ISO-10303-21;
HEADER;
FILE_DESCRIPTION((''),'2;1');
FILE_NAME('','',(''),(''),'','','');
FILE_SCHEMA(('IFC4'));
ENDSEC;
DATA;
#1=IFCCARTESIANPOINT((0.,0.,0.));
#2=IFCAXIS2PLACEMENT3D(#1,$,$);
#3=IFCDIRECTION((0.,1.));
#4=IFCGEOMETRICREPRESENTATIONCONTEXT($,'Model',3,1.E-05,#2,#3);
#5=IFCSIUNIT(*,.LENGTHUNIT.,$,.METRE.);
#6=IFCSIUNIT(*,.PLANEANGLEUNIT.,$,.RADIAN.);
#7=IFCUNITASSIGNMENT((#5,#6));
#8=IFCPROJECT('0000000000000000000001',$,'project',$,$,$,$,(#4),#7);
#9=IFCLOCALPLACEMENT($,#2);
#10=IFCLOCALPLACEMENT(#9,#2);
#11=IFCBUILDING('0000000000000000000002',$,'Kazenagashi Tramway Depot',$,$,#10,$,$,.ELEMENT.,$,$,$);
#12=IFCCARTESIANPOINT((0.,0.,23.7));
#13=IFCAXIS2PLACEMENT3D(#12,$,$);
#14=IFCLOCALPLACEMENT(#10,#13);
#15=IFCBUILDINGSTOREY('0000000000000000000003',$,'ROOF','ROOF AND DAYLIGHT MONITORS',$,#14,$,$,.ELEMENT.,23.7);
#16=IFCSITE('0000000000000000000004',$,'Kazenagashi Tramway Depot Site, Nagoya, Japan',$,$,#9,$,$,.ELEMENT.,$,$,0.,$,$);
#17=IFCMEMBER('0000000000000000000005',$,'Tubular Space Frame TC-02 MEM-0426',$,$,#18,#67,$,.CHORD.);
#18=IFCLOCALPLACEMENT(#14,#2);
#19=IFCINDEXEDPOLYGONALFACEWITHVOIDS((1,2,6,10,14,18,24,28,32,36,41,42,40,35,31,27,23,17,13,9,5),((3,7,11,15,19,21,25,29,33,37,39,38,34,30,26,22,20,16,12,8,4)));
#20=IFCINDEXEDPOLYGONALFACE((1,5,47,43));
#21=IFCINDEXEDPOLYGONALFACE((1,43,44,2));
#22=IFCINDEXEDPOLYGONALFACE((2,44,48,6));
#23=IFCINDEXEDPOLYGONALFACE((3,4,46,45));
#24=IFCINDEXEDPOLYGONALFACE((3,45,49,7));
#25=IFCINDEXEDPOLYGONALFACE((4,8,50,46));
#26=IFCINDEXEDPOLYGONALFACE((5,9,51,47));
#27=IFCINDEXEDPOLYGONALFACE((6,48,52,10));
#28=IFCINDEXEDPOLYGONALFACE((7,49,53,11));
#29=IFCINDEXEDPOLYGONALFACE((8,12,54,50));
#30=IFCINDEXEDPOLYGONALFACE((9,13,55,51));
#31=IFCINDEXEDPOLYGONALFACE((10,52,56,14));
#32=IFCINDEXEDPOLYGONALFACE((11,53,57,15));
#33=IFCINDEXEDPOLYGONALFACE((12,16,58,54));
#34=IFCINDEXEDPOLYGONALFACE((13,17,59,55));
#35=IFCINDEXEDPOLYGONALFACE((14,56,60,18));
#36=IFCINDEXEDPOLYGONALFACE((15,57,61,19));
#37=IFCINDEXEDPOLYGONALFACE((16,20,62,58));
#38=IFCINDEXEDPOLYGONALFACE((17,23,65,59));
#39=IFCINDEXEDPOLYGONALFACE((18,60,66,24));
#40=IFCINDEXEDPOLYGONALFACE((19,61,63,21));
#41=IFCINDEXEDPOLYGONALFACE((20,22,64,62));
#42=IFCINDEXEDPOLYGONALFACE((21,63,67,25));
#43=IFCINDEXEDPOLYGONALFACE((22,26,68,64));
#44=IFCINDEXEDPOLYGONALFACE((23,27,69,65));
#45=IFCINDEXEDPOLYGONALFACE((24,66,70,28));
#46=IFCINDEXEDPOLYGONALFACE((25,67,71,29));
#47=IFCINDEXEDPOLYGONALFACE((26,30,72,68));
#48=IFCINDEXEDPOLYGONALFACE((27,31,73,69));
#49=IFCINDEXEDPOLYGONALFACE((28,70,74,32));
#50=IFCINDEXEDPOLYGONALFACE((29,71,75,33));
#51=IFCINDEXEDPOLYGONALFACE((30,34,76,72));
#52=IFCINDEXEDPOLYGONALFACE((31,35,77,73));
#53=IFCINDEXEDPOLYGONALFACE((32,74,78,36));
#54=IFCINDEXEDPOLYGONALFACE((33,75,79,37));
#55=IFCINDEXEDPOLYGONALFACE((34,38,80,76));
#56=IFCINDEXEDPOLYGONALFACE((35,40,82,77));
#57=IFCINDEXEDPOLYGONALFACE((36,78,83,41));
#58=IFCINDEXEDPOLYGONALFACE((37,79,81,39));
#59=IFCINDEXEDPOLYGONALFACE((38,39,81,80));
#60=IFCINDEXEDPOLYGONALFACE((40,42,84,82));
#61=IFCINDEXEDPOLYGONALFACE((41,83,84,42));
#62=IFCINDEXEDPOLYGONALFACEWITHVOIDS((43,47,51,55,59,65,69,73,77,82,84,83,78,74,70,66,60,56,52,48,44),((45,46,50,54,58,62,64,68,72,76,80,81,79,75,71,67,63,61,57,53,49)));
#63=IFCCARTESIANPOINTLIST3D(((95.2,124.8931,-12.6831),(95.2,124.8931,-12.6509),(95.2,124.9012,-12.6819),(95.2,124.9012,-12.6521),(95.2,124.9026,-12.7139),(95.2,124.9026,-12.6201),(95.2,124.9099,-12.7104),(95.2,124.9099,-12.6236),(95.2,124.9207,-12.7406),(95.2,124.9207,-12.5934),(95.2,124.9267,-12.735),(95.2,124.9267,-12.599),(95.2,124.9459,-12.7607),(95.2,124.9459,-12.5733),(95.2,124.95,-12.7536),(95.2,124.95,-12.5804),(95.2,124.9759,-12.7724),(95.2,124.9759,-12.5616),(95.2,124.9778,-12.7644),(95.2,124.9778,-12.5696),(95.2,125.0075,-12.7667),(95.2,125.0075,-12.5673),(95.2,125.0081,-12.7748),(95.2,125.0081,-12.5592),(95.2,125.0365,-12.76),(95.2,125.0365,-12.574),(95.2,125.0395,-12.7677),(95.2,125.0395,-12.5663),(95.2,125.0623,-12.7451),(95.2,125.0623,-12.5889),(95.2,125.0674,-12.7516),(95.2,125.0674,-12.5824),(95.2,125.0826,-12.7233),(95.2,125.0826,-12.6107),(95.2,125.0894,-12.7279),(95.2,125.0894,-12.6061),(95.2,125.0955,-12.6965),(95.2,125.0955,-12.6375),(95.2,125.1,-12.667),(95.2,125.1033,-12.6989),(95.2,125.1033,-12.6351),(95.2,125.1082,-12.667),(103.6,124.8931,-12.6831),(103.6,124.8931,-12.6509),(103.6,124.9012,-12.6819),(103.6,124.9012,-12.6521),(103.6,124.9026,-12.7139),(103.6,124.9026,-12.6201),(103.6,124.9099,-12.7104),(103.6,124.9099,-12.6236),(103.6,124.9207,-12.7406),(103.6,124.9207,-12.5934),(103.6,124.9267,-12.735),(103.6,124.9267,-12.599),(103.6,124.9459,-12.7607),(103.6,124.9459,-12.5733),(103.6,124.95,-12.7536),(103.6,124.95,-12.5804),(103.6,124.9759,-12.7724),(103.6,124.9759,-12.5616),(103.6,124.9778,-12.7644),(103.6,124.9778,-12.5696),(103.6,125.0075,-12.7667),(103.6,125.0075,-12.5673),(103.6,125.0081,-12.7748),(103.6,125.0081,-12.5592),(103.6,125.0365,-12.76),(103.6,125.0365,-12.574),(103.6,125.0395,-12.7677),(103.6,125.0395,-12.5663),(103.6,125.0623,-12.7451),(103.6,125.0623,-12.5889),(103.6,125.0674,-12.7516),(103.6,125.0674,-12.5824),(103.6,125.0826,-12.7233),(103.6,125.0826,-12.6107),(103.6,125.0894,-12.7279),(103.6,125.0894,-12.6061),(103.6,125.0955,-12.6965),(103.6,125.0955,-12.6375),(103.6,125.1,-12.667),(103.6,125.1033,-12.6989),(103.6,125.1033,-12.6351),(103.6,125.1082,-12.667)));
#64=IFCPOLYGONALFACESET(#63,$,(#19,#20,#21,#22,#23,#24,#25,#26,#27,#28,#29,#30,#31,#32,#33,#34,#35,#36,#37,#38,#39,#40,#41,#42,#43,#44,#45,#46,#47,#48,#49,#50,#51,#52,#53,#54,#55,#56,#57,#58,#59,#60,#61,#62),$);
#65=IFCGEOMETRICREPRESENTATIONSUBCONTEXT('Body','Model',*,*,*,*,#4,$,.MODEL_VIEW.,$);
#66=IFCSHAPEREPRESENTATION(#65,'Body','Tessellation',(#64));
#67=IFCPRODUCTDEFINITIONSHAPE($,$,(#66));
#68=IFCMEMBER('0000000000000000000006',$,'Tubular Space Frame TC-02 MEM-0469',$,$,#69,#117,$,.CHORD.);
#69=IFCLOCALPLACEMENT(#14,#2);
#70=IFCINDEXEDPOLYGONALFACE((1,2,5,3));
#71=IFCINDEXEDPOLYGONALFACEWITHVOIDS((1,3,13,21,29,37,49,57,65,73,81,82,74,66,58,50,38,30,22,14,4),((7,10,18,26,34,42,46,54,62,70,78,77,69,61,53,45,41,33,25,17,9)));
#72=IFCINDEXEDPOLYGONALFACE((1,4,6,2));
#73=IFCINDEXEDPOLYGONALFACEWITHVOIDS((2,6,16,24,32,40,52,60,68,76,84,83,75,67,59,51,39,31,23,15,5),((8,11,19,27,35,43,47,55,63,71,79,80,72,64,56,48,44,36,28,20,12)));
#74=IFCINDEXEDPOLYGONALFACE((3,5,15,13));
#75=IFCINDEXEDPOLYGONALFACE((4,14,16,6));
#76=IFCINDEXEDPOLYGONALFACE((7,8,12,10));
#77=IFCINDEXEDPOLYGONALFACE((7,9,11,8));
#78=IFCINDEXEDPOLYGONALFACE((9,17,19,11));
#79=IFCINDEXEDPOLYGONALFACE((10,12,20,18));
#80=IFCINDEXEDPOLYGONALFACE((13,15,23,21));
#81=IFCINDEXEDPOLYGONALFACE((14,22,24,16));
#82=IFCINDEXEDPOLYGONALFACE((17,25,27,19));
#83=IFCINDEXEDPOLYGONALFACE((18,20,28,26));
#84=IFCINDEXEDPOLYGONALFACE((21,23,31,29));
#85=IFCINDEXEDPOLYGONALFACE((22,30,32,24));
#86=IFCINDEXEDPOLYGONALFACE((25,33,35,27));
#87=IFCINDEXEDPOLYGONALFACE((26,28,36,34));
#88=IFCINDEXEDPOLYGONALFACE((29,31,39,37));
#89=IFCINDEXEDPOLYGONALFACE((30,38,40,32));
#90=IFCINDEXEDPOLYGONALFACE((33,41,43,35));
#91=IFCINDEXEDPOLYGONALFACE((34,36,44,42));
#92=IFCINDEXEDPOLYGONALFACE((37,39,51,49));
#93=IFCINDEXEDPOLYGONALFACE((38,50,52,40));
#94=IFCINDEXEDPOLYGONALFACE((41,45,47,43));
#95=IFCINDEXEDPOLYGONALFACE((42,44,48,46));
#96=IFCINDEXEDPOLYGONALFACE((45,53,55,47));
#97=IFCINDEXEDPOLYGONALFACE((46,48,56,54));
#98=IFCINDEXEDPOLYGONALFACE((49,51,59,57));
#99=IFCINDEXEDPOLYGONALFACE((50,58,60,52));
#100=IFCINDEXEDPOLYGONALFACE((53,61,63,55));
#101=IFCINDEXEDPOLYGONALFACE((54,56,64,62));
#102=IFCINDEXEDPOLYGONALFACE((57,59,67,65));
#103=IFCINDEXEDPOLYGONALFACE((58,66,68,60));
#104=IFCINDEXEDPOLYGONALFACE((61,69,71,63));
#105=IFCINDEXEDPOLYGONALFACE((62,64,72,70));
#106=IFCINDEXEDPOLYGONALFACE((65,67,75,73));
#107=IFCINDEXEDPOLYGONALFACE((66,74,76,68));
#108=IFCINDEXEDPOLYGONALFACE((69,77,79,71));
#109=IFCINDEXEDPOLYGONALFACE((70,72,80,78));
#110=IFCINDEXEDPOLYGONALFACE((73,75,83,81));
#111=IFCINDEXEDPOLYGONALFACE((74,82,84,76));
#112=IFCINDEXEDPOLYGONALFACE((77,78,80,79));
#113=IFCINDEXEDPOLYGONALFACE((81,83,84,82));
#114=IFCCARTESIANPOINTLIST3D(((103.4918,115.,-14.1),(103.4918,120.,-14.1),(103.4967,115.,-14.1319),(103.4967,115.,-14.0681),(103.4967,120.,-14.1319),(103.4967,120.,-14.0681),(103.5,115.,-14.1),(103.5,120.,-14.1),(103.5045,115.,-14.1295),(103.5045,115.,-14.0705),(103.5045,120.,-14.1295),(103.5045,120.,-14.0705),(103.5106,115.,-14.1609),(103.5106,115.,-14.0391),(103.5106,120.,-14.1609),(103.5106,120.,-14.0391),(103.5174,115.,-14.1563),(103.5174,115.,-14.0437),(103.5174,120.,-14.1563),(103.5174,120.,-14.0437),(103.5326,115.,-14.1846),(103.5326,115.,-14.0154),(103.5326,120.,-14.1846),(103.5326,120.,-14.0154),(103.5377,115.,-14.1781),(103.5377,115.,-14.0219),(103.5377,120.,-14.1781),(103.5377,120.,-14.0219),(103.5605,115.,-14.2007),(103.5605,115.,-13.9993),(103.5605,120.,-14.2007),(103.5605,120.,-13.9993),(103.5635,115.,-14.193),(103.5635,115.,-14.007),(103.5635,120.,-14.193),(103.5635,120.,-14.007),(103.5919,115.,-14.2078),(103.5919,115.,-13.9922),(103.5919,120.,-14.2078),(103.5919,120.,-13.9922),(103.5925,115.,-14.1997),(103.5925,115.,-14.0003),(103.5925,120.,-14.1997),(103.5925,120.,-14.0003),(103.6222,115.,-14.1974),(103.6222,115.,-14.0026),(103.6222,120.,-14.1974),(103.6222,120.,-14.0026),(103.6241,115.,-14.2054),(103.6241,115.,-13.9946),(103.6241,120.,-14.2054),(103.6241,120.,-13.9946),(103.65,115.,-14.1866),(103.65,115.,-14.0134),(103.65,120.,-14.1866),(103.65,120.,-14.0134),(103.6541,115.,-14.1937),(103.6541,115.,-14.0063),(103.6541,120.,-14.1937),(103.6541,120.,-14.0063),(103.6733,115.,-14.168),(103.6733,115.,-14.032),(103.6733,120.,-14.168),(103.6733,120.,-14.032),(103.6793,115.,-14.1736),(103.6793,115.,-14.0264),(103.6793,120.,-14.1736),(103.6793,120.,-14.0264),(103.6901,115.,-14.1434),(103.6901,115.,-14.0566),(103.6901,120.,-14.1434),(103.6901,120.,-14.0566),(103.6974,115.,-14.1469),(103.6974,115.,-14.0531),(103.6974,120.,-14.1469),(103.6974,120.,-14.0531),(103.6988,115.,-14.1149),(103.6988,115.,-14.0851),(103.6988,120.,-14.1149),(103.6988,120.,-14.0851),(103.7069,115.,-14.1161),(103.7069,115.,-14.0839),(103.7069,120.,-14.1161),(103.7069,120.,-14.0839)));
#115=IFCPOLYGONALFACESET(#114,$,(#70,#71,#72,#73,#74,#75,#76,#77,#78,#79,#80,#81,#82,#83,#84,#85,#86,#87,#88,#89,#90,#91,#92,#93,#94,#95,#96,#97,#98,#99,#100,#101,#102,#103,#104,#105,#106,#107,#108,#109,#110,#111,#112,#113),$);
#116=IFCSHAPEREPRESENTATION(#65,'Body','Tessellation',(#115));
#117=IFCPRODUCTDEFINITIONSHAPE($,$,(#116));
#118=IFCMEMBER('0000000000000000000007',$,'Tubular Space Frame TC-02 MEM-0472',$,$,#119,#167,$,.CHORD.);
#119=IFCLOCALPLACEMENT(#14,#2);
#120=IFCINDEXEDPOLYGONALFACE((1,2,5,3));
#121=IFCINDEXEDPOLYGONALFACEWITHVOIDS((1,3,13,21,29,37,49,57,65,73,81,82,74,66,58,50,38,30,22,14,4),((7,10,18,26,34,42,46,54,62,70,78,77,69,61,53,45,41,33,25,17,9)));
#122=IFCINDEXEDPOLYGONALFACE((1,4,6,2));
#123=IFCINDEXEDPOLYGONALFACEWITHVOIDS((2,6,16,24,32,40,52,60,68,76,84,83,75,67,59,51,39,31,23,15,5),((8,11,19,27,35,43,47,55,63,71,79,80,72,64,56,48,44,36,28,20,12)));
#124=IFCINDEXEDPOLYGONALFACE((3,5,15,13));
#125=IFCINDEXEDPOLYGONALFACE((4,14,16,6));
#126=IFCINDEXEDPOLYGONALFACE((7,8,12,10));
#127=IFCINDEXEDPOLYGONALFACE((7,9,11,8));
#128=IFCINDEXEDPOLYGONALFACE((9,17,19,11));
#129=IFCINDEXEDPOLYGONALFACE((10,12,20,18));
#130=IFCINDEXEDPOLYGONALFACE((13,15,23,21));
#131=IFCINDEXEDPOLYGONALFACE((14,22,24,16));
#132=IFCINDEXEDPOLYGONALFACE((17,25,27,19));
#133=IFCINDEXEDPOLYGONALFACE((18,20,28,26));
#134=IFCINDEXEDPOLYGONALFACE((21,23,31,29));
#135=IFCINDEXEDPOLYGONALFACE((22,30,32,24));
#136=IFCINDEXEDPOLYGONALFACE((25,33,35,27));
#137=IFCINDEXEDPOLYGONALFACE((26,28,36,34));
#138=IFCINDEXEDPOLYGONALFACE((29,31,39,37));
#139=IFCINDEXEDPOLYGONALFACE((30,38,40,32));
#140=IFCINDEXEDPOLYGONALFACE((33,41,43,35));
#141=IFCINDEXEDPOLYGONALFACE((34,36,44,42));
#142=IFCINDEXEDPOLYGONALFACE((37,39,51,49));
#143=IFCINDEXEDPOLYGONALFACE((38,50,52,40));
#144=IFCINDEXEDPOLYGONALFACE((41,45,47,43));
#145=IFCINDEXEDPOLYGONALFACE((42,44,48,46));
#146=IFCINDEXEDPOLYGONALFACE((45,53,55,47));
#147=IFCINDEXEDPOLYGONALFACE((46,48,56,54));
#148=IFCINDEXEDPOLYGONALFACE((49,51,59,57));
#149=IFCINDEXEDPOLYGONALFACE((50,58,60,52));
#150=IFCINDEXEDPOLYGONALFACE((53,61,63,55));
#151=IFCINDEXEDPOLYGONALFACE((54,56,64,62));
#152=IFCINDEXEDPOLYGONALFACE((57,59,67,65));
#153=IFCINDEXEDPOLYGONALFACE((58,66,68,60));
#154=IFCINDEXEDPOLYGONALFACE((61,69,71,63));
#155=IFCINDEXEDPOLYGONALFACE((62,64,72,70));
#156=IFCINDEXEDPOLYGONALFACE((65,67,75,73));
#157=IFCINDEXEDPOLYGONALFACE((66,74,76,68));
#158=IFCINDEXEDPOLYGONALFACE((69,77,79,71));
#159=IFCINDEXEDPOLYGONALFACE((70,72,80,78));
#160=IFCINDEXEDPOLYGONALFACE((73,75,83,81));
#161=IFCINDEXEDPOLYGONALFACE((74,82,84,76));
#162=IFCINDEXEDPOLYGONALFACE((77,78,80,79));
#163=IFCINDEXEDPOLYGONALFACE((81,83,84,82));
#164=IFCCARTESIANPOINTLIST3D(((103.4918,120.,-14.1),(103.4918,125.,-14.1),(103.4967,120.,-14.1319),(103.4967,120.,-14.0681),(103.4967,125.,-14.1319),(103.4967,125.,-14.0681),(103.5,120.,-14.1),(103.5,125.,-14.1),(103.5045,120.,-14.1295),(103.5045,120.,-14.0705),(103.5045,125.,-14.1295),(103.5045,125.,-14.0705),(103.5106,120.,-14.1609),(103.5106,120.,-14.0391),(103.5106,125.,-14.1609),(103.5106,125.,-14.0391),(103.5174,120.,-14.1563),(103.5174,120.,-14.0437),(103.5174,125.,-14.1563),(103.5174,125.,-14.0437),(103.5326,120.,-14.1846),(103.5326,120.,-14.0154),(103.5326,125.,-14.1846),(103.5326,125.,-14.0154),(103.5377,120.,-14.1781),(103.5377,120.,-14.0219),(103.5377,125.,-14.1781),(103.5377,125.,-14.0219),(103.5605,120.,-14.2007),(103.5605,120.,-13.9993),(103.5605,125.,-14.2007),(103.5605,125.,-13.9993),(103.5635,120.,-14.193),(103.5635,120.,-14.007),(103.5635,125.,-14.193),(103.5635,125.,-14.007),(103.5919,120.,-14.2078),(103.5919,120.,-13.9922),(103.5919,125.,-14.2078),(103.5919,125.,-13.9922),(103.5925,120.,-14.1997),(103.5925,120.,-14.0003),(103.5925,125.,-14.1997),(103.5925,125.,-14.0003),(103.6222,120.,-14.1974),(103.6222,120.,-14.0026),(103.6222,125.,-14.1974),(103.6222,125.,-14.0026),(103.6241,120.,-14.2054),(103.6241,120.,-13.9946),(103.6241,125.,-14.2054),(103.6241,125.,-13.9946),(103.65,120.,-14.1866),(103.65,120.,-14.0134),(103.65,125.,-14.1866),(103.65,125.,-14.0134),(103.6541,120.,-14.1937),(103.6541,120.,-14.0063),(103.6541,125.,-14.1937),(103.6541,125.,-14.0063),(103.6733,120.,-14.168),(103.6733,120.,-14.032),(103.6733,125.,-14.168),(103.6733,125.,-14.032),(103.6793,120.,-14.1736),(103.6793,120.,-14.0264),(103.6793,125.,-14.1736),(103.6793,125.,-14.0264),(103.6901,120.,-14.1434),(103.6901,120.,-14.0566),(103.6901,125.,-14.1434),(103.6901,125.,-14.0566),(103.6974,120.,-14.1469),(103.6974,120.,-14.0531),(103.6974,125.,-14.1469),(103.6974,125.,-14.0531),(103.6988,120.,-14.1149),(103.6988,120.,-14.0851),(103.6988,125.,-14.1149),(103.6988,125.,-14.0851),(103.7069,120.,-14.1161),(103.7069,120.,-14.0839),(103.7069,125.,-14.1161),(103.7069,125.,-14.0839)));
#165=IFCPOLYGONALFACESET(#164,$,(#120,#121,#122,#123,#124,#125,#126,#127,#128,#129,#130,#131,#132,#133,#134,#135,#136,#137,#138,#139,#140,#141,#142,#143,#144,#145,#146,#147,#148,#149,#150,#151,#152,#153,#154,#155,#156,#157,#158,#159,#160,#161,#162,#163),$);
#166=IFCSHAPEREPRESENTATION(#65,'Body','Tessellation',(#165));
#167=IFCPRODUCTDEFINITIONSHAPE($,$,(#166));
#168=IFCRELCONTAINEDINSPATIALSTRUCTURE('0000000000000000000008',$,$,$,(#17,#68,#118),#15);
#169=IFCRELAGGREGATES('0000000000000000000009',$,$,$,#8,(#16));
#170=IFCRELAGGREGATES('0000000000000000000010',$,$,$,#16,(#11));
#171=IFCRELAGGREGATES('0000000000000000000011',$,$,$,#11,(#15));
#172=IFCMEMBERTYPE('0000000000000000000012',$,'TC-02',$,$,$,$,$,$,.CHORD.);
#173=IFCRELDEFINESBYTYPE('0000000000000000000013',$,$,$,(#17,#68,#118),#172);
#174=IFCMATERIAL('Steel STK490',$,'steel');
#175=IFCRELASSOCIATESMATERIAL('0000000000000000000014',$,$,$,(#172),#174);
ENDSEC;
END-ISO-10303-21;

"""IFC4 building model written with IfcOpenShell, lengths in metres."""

from ifc_helpers import new_model, si_unit, direction, frame, origin, origin_2d, place, context, subcontext, project, spatial, hollow_circle, extrude, material, material_profile, profile_set, type_object, element, save


model = new_model("IFC4")

# Units and contexts
model_context = context("Model", 3, precision=1e-05, world=origin(), true_north=direction((0.0, 1.0)))
body_context = subcontext(model_context, "Body", "Model", "MODEL_VIEW")
ifc_project = project(units=[si_unit("LENGTHUNIT", "METRE"), si_unit("PLANEANGLEUNIT", "RADIAN")], contexts=[model_context])

# Site, building, storey
site_placement = place(None, origin())
site = spatial("IfcSite", under=ifc_project, at=site_placement, Name="Kazenagashi Tramway Depot Site, Nagoya, Japan", CompositionType="ELEMENT", RefElevation=0.0)
building_placement = place(site_placement, origin())
building = spatial("IfcBuilding", under=site, at=building_placement, Name="Kazenagashi Tramway Depot", CompositionType="ELEMENT")
storey_placement = place(building_placement, frame((0.0, 0.0, 23.7)))
storey = spatial("IfcBuildingStorey", under=building, at=storey_placement, Name="ROOF", Description="ROOF AND DAYLIGHT MONITORS", CompositionType="ELEMENT", Elevation=23.7)

# Members
ifc_material_1 = material(Name="Steel STK490", Category="steel")
ifc_material_profile_1 = material_profile(ifc_material_1, hollow_circle(Radius=0.1081, WallThickness=0.0082, at=origin_2d()), Name="CHS-216.3x8.2")
ifc_profile_set_1 = profile_set([ifc_material_profile_1], Name="Steel STK490")
member_type_1 = type_object("IfcMemberType", Name="TC-02", PredefinedType="CHORD", material=ifc_profile_set_1)
member_1_placement = place(storey_placement, frame((95.2, 125.0, -12.667), z_axis=(1.0, 0.0, 0.0), x_axis=(0.0, 1.0, 0.0)))
element("IfcMember", 1, at=member_1_placement, inside=storey, type_object=member_type_1, Name="Tubular Space Frame TC-02 MEM-0426", PredefinedType="CHORD", context=body_context, shape_type="SweptSolid", body=[
    extrude(hollow_circle(Radius=0.1081, WallThickness=0.0082, at=origin_2d()), origin(), (0.0, 0.0, 1.0), 8.4),
])
for number, where, z_axis, x_axis, name in (
    (2, (103.6, 115.0, -14.1), (0.0, 1.0, 0.0), (-1.0, 0.0, 0.0), "Tubular Space Frame TC-02 MEM-0469"),
    (3, (103.6, 120.0, -14.1), (0.0, 1.0, 0.0), (-1.0, 0.0, 0.0), "Tubular Space Frame TC-02 MEM-0472"),
):
    element("IfcMember", number, at=place(storey_placement, frame(where, z_axis=z_axis, x_axis=x_axis)), inside=storey, type_object=member_type_1, Name=name, PredefinedType="CHORD", context=body_context, shape_type="SweptSolid", body=[
        extrude(hollow_circle(Radius=0.1081, WallThickness=0.0082, at=origin_2d()), origin(), (0.0, 0.0, 1.0), 5.0),
    ])

save(model, "model.ifc")
